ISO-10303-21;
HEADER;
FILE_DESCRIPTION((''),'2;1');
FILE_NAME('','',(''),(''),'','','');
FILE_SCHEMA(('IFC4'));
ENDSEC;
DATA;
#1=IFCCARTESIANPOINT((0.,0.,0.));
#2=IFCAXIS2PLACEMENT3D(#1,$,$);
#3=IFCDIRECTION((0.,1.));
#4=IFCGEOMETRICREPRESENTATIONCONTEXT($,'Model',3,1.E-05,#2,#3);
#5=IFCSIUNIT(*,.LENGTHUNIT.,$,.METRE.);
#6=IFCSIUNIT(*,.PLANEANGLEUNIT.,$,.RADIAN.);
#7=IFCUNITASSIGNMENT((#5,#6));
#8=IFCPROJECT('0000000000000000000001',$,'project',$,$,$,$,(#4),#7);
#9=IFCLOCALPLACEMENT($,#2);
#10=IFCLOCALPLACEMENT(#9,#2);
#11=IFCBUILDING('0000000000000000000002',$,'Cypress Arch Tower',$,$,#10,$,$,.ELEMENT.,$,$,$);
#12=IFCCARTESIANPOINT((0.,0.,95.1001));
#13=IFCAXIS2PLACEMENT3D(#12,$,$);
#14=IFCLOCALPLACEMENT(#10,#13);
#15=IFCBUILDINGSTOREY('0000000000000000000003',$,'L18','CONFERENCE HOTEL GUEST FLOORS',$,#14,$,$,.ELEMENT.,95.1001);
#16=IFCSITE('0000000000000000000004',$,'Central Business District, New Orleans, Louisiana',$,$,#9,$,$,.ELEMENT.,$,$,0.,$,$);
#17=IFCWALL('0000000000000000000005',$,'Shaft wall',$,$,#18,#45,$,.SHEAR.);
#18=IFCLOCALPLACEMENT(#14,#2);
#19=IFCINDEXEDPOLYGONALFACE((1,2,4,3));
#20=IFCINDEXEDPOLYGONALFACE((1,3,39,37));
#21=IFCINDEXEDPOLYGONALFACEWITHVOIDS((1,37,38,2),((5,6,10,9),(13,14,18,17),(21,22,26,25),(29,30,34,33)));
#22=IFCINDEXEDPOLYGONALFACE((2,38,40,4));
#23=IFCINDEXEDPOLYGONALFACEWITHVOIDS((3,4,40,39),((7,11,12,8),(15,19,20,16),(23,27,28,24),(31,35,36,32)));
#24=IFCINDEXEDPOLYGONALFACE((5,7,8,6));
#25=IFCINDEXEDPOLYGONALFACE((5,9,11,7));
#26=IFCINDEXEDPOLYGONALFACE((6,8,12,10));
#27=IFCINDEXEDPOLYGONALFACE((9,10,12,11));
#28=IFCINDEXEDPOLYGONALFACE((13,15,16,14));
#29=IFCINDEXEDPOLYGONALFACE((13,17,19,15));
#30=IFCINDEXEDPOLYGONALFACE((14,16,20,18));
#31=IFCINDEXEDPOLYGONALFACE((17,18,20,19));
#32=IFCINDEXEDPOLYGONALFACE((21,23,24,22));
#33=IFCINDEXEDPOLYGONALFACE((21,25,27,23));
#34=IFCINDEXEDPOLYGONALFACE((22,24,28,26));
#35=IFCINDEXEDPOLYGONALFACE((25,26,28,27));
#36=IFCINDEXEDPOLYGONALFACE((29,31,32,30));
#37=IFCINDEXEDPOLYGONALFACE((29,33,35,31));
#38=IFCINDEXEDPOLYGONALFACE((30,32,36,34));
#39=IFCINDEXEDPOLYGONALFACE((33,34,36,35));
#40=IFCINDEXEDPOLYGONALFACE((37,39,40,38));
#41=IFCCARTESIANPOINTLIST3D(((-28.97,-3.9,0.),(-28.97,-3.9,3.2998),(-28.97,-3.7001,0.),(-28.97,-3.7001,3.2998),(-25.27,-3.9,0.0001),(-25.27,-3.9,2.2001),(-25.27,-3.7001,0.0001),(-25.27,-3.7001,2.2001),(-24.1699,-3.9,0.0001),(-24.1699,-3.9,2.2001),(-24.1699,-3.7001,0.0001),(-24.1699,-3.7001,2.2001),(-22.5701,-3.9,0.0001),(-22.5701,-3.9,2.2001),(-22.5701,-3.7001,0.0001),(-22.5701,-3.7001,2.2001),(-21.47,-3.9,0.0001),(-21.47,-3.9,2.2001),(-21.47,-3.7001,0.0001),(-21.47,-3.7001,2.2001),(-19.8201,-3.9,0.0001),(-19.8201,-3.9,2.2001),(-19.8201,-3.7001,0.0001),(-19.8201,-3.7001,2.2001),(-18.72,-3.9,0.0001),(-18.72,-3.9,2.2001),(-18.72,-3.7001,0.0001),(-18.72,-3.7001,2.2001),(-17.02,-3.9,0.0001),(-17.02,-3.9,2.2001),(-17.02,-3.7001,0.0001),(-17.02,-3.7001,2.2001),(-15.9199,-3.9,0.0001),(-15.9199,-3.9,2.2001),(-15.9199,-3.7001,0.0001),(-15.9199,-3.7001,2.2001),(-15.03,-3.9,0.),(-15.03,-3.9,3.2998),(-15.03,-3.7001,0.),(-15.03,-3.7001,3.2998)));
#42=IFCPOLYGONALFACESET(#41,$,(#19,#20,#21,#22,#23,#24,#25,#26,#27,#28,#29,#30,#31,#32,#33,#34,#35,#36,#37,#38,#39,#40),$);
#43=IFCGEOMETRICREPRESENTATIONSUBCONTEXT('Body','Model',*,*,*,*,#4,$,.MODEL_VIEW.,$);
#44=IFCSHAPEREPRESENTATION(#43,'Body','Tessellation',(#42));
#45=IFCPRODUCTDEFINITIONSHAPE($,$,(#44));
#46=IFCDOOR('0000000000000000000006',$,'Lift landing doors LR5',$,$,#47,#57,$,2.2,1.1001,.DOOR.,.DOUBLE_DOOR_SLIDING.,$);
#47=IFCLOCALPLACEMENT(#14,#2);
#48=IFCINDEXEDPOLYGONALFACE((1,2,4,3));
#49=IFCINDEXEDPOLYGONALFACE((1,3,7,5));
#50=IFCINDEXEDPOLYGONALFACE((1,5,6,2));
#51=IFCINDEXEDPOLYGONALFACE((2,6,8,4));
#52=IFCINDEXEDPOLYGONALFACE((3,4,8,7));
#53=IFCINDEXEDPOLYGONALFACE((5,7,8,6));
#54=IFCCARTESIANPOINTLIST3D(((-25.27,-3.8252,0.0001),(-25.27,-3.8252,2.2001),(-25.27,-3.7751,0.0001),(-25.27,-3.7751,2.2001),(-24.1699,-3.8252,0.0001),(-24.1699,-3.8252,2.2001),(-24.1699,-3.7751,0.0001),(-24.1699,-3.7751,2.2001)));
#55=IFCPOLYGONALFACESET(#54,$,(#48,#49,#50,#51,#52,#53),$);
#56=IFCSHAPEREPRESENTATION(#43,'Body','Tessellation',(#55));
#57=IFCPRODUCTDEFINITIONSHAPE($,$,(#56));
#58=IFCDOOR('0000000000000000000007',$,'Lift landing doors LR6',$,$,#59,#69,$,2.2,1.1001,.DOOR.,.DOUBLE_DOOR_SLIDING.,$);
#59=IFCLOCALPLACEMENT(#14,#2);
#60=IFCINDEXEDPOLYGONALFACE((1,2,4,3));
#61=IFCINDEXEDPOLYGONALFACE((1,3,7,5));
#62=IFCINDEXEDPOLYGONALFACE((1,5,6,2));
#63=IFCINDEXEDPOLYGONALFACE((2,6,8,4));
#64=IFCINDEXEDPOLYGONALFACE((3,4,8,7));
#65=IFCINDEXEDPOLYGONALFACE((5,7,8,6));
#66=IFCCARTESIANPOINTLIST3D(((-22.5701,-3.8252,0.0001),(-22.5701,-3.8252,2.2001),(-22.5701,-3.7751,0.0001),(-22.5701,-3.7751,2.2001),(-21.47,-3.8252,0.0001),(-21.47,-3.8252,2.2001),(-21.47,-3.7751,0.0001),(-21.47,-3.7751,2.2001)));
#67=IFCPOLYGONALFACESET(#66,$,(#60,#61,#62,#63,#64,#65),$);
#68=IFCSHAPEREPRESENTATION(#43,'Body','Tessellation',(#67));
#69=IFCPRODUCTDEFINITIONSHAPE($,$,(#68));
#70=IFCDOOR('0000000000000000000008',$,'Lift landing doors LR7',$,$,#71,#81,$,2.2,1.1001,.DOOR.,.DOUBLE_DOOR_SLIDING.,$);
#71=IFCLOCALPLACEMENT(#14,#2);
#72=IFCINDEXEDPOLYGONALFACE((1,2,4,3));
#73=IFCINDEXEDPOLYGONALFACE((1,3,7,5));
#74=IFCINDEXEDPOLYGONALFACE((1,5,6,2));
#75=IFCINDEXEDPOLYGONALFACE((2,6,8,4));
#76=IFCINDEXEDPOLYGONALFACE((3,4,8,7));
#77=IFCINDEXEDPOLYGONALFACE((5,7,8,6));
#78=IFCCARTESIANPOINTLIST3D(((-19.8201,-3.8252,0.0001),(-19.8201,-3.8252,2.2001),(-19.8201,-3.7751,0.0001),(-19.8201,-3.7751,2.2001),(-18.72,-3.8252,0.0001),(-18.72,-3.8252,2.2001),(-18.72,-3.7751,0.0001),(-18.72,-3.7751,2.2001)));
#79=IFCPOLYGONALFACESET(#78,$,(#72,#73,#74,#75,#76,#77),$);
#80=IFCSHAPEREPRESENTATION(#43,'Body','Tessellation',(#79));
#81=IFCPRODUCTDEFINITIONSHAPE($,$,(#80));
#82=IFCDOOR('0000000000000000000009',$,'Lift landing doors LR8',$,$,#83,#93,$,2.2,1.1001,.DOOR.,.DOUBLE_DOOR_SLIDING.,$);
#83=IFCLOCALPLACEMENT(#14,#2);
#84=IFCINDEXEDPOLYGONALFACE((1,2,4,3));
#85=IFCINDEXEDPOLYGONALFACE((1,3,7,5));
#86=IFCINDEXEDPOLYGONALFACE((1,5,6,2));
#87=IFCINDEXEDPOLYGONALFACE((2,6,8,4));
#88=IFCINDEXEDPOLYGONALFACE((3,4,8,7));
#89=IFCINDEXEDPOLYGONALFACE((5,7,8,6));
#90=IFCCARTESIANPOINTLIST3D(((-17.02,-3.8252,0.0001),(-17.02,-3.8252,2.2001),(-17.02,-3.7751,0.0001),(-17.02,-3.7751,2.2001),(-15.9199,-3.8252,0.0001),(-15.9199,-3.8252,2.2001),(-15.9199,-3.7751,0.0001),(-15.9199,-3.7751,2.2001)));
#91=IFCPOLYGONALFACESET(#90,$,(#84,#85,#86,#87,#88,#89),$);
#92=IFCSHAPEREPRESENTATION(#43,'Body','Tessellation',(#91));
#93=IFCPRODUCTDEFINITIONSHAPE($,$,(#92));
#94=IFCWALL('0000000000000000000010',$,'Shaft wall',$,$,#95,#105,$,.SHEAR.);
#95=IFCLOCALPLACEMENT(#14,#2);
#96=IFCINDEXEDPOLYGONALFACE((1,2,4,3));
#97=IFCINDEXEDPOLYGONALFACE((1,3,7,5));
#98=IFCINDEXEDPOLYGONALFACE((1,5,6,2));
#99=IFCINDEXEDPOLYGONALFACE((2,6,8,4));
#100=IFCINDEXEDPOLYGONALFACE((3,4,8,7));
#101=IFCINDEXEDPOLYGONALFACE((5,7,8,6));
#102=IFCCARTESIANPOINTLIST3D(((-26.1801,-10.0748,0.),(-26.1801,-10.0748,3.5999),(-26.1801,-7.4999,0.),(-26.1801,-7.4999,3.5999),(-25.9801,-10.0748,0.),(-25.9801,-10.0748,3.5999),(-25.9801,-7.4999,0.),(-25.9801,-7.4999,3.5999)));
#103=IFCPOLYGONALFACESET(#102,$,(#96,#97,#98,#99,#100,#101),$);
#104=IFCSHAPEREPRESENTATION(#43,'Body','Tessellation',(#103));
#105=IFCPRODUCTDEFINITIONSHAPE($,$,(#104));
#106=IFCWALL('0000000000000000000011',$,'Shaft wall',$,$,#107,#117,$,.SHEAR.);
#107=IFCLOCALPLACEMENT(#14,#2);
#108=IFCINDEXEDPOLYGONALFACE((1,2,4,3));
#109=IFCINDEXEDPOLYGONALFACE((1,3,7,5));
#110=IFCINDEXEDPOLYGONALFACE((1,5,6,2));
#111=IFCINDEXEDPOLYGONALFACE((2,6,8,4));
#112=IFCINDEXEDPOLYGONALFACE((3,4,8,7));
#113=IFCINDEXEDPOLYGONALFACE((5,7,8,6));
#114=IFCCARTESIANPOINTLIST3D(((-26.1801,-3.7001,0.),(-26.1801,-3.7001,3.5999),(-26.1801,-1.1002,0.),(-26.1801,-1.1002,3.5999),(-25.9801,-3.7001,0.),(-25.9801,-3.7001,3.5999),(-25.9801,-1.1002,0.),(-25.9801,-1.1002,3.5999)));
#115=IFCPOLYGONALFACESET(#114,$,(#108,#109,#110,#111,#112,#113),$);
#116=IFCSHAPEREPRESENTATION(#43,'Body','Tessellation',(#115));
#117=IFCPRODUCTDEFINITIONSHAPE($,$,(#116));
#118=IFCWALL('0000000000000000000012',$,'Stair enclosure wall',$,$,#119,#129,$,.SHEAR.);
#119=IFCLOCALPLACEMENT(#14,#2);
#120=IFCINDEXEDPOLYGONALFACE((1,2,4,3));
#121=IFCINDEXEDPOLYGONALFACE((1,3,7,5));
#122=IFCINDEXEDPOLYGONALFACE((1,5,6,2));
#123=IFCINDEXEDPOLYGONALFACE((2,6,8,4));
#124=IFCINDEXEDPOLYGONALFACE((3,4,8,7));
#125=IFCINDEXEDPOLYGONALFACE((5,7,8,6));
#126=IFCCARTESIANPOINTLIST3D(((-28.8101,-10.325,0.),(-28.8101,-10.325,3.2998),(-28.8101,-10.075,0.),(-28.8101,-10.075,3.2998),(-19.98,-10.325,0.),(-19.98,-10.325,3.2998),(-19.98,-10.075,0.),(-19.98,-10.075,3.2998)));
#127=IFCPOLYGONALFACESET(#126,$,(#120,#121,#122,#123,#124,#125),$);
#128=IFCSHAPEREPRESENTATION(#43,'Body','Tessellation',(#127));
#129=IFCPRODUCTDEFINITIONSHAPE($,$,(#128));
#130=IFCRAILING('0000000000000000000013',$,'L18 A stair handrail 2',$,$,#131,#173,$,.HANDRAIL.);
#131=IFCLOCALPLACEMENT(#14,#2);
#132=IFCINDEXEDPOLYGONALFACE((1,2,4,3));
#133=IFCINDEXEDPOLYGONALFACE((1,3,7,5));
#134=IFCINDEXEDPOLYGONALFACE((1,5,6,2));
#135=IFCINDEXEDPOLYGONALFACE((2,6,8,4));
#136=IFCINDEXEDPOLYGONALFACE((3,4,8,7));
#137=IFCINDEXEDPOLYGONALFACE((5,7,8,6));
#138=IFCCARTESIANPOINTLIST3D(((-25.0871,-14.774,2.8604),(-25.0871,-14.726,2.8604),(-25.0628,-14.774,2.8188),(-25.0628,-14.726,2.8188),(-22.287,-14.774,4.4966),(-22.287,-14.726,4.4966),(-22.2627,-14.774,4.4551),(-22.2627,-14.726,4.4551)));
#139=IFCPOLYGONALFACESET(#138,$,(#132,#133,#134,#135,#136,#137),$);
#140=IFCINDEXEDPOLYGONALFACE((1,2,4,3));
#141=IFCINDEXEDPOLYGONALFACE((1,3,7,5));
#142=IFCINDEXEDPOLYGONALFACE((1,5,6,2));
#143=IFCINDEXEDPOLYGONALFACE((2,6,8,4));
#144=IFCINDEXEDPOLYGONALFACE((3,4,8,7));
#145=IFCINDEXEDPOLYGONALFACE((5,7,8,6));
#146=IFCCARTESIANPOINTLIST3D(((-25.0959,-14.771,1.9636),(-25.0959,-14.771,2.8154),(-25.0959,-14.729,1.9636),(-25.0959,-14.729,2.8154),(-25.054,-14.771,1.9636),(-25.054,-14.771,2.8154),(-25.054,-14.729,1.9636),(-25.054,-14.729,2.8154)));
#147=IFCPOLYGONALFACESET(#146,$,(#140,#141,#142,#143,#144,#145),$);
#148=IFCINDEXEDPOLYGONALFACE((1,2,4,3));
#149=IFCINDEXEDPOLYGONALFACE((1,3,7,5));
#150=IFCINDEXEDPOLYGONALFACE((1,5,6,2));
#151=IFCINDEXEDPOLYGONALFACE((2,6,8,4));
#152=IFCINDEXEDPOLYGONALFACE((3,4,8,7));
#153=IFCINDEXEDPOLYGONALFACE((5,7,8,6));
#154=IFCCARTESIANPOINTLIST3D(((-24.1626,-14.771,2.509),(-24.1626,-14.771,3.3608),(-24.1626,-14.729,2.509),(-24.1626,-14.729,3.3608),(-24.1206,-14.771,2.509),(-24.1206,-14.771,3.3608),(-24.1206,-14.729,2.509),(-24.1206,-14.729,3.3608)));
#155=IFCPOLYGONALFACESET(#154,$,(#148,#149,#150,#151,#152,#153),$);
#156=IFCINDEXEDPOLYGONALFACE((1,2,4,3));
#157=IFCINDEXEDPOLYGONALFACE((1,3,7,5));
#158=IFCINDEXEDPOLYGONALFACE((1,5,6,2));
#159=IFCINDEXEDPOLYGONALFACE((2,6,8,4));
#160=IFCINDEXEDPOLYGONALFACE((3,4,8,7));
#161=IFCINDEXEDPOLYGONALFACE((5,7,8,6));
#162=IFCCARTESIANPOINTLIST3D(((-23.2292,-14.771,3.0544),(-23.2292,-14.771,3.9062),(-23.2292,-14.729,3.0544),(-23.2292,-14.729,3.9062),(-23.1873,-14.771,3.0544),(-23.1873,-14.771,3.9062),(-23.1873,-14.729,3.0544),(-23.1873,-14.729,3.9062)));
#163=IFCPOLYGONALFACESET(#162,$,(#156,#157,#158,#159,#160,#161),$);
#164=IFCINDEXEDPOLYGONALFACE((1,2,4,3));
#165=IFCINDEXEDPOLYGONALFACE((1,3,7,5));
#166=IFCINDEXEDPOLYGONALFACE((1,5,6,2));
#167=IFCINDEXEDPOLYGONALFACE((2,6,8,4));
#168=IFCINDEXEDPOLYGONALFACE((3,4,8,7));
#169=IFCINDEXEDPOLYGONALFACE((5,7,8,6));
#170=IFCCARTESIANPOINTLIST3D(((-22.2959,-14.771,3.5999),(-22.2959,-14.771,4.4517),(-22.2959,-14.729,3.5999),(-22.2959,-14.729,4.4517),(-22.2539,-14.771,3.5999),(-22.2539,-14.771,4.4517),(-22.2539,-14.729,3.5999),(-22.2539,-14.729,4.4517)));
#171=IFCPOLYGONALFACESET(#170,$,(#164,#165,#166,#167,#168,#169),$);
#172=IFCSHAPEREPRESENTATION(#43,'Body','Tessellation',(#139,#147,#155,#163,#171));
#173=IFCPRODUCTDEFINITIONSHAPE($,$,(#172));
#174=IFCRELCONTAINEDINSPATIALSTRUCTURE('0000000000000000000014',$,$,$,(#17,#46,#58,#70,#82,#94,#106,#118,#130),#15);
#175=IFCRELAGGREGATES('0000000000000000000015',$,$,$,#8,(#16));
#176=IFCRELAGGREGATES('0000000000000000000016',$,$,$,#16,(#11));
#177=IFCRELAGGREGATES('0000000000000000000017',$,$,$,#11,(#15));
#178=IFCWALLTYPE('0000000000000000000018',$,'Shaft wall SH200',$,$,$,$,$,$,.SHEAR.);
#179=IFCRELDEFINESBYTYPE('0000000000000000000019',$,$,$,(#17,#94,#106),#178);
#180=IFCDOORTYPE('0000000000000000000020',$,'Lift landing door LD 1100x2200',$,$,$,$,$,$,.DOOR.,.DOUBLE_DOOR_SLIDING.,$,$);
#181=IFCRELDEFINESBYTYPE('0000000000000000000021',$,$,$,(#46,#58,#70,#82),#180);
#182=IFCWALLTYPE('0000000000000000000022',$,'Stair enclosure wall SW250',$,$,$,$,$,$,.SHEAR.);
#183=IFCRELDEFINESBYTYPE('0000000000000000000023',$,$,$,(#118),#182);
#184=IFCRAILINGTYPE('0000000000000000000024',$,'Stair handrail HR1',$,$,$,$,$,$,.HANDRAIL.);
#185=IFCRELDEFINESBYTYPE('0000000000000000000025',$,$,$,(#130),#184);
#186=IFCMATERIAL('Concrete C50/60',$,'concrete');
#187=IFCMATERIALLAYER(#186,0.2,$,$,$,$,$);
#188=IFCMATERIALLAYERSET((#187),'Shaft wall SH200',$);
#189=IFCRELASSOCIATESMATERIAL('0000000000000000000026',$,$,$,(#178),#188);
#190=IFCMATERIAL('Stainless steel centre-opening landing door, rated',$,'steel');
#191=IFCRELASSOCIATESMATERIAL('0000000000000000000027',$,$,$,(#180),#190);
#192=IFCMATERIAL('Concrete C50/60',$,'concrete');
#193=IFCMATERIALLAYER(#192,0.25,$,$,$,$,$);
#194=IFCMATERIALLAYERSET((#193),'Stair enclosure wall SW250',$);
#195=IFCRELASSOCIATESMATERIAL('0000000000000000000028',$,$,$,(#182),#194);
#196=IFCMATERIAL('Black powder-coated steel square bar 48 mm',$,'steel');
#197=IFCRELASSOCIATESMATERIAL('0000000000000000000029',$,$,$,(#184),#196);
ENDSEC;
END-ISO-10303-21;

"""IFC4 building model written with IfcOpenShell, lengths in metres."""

from ifc_helpers import new_model, si_unit, direction, frame, frame_2d, origin, origin_2d, place, context, subcontext, project, spatial, rectangle, extrude, material, layer, layer_set, type_object, element, fill, save


model = new_model("IFC4")

# Units and contexts
model_context = context("Model", 3, precision=1e-05, world=origin(), true_north=direction((0.0, 1.0)))
body_context = subcontext(model_context, "Body", "Model", "MODEL_VIEW")
ifc_project = project(units=[si_unit("LENGTHUNIT", "METRE"), si_unit("PLANEANGLEUNIT", "RADIAN")], contexts=[model_context])

# Site, building, storey
site_placement = place(None, origin())
site = spatial("IfcSite", under=ifc_project, at=site_placement, Name="Central Business District, New Orleans, Louisiana", CompositionType="ELEMENT", RefElevation=0.0)
building_placement = place(site_placement, origin())
building = spatial("IfcBuilding", under=site, at=building_placement, Name="Cypress Arch Tower", CompositionType="ELEMENT")
storey_placement = place(building_placement, frame((0.0, 0.0, 95.1001)))
storey = spatial("IfcBuildingStorey", under=building, at=storey_placement, Name="L18", Description="CONFERENCE HOTEL GUEST FLOORS", CompositionType="ELEMENT", Elevation=95.1001)

# Wall, openings, doors
ifc_material_1 = material(Name="Concrete C50/60", Category="concrete")
ifc_layer_1 = layer(ifc_material_1, 0.2)
ifc_layer_set_1 = layer_set([ifc_layer_1], Name="Shaft wall SH200")
wall_type_1 = type_object("IfcWallType", Name="Shaft wall SH200", PredefinedType="SHEAR", material=ifc_layer_set_1)
ifc_material_2 = material(Name="Stainless steel centre-opening landing door, rated", Category="steel")
door_type_1 = type_object("IfcDoorType", Name="Lift landing door LD 1100x2200", OperationType="DOUBLE_DOOR_SLIDING", PredefinedType="DOOR", material=ifc_material_2)
wall_1_placement = place(storey_placement, frame((-28.97, -3.8, 0.0), z_axis=(0.0, 0.0, 1.0), x_axis=(1.0, 0.0, 0.0)))
wall_1 = element("IfcWall", 1, at=wall_1_placement, inside=storey, type_object=wall_type_1, Name="Shaft wall", PredefinedType="SHEAR", context=body_context, shape_type="SweptSolid", body=[
    extrude(rectangle(XDim=13.9399, YDim=0.2, at=frame_2d((6.97, 0.0))), origin(), (0.0, 0.0, 1.0), 3.2998),
])
opening_1_placement = place(wall_1_placement, frame((3.7, 0.0, 0.0)))
opening_1 = element("IfcOpeningElement", 2, at=opening_1_placement, cuts=wall_1, PredefinedType="OPENING", context=body_context, shape_type="SweptSolid", body=[
    extrude(rectangle(XDim=1.1001, YDim=2.2, at=frame_2d((0.55, 1.1001))), frame((0.0, 0.1099, 0.0), z_axis=(0.0, -1.0, 0.0), x_axis=(1.0, 0.0, 0.0)), (0.0, 0.0, 1.0), 0.22),
])
opening_2_placement = place(wall_1_placement, frame((6.3999, 0.0, 0.0)))
opening_2 = element("IfcOpeningElement", 3, at=opening_2_placement, cuts=wall_1, PredefinedType="OPENING", context=body_context, shape_type="SweptSolid", body=[
    extrude(rectangle(XDim=1.1001, YDim=2.2, at=frame_2d((0.55, 1.1001))), frame((0.0, 0.1099, 0.0), z_axis=(0.0, -1.0, 0.0), x_axis=(1.0, 0.0, 0.0)), (0.0, 0.0, 1.0), 0.22),
])
opening_3_placement = place(wall_1_placement, frame((9.1499, 0.0, 0.0)))
opening_3 = element("IfcOpeningElement", 4, at=opening_3_placement, cuts=wall_1, PredefinedType="OPENING", context=body_context, shape_type="SweptSolid", body=[
    extrude(rectangle(XDim=1.1001, YDim=2.2, at=frame_2d((0.55, 1.1001))), frame((0.0, 0.1099, 0.0), z_axis=(0.0, -1.0, 0.0), x_axis=(1.0, 0.0, 0.0)), (0.0, 0.0, 1.0), 0.22),
])
opening_4_placement = place(wall_1_placement, frame((11.95, 0.0, 0.0)))
opening_4 = element("IfcOpeningElement", 5, at=opening_4_placement, cuts=wall_1, PredefinedType="OPENING", context=body_context, shape_type="SweptSolid", body=[
    extrude(rectangle(XDim=1.1001, YDim=2.2, at=frame_2d((0.55, 1.1001))), frame((0.0, 0.1099, 0.0), z_axis=(0.0, -1.0, 0.0), x_axis=(1.0, 0.0, 0.0)), (0.0, 0.0, 1.0), 0.22),
])
door_1_placement = place(opening_1_placement, origin())
door_1 = element("IfcDoor", 6, at=door_1_placement, inside=storey, type_object=door_type_1, Name="Lift landing doors LR5", OperationType="DOUBLE_DOOR_SLIDING", OverallHeight=2.2, OverallWidth=1.1001, PredefinedType="DOOR", context=body_context, shape_type="SweptSolid", body=[
    extrude(rectangle(XDim=1.1001, YDim=2.2, at=frame_2d((0.55, 1.1001))), frame((0.0, 0.0249, 0.0), z_axis=(0.0, -1.0, 0.0), x_axis=(1.0, 0.0, 0.0)), (0.0, 0.0, 1.0), 0.05),
])
fill(opening_1, door_1)
door_2_placement = place(opening_2_placement, origin())
door_2 = element("IfcDoor", 7, at=door_2_placement, inside=storey, type_object=door_type_1, Name="Lift landing doors LR6", OperationType="DOUBLE_DOOR_SLIDING", OverallHeight=2.2, OverallWidth=1.1001, PredefinedType="DOOR", context=body_context, shape_type="SweptSolid", body=[
    extrude(rectangle(XDim=1.1001, YDim=2.2, at=frame_2d((0.55, 1.1001))), frame((0.0, 0.0249, 0.0), z_axis=(0.0, -1.0, 0.0), x_axis=(1.0, 0.0, 0.0)), (0.0, 0.0, 1.0), 0.05),
])
fill(opening_2, door_2)
door_3_placement = place(opening_3_placement, origin())
door_3 = element("IfcDoor", 8, at=door_3_placement, inside=storey, type_object=door_type_1, Name="Lift landing doors LR7", OperationType="DOUBLE_DOOR_SLIDING", OverallHeight=2.2, OverallWidth=1.1001, PredefinedType="DOOR", context=body_context, shape_type="SweptSolid", body=[
    extrude(rectangle(XDim=1.1001, YDim=2.2, at=frame_2d((0.55, 1.1001))), frame((0.0, 0.0249, 0.0), z_axis=(0.0, -1.0, 0.0), x_axis=(1.0, 0.0, 0.0)), (0.0, 0.0, 1.0), 0.05),
])
fill(opening_3, door_3)
door_4_placement = place(opening_4_placement, origin())
door_4 = element("IfcDoor", 9, at=door_4_placement, inside=storey, type_object=door_type_1, Name="Lift landing doors LR8", OperationType="DOUBLE_DOOR_SLIDING", OverallHeight=2.2, OverallWidth=1.1001, PredefinedType="DOOR", context=body_context, shape_type="SweptSolid", body=[
    extrude(rectangle(XDim=1.1001, YDim=2.2, at=frame_2d((0.55, 1.1001))), frame((0.0, 0.0249, 0.0), z_axis=(0.0, -1.0, 0.0), x_axis=(1.0, 0.0, 0.0)), (0.0, 0.0, 1.0), 0.05),
])
fill(opening_4, door_4)

# Walls
wall_2_placement = place(storey_placement, frame((-26.0801, -10.075, 0.0), z_axis=(0.0, 0.0, 1.0), x_axis=(0.0, 1.0, 0.0)))
element("IfcWall", 10, at=wall_2_placement, inside=storey, type_object=wall_type_1, Name="Shaft wall", PredefinedType="SHEAR", context=body_context, shape_type="SweptSolid", body=[
    extrude(rectangle(XDim=2.575, YDim=0.2, at=frame_2d((1.2876, 0.0))), origin(), (0.0, 0.0, 1.0), 3.5999),
])
wall_3_placement = place(storey_placement, frame((-26.0801, -3.7, 0.0), z_axis=(0.0, 0.0, 1.0), x_axis=(0.0, 1.0, 0.0)))
element("IfcWall", 11, at=wall_3_placement, inside=storey, type_object=wall_type_1, Name="Shaft wall", PredefinedType="SHEAR", context=body_context, shape_type="SweptSolid", body=[
    extrude(rectangle(XDim=2.5999, YDim=0.2, at=frame_2d((1.2998, 0.0))), origin(), (0.0, 0.0, 1.0), 3.5999),
])
ifc_material_3 = material(Name="Concrete C50/60", Category="concrete")
ifc_layer_2 = layer(ifc_material_3, 0.25)
ifc_layer_set_2 = layer_set([ifc_layer_2], Name="Stair enclosure wall SW250")
wall_type_2 = type_object("IfcWallType", Name="Stair enclosure wall SW250", PredefinedType="SHEAR", material=ifc_layer_set_2)
wall_4_placement = place(storey_placement, frame((-28.8101, -10.2, 0.0), z_axis=(0.0, 0.0, 1.0), x_axis=(1.0, 0.0, 0.0)))
element("IfcWall", 12, at=wall_4_placement, inside=storey, type_object=wall_type_2, Name="Stair enclosure wall", PredefinedType="SHEAR", context=body_context, shape_type="SweptSolid", body=[
    extrude(rectangle(XDim=8.8301, YDim=0.25, at=frame_2d((4.415, 0.0))), origin(), (0.0, 0.0, 1.0), 3.2998),
])

# Railing
ifc_material_4 = material(Name="Black powder-coated steel square bar 48 mm", Category="steel")
railing_type_1 = type_object("IfcRailingType", Name="Stair handrail HR1", PredefinedType="HANDRAIL", material=ifc_material_4)
railing_1_placement = place(storey_placement, frame((-25.075, -14.75, 1.9636)))
element("IfcRailing", 13, at=railing_1_placement, inside=storey, type_object=railing_type_1, Name="L18 A stair handrail 2", PredefinedType="HANDRAIL", context=body_context, shape_type="SweptSolid", body=[
    extrude(rectangle(XDim=0.0481, YDim=0.0481, at=origin_2d()), frame((0.0, 0.0, 0.876), z_axis=(0.863394, 0.0, 0.504531), x_axis=(0.0, 1.0, 0.0)), (0.0, 0.0, 1.0), 3.2432),
    extrude(rectangle(XDim=0.042, YDim=0.042, at=origin_2d()), origin(), (0.0, 0.0, 1.0), 0.8518),
    extrude(rectangle(XDim=0.042, YDim=0.042, at=origin_2d()), frame((0.9333, 0.0, 0.5454)), (0.0, 0.0, 1.0), 0.8518),
    extrude(rectangle(XDim=0.042, YDim=0.042, at=origin_2d()), frame((1.8667, 0.0, 1.0908)), (0.0, 0.0, 1.0), 0.8518),
    extrude(rectangle(XDim=0.042, YDim=0.042, at=origin_2d()), frame((2.8, 0.0, 1.6362)), (0.0, 0.0, 1.0), 0.8518),
])

save(model, "model.ifc")
